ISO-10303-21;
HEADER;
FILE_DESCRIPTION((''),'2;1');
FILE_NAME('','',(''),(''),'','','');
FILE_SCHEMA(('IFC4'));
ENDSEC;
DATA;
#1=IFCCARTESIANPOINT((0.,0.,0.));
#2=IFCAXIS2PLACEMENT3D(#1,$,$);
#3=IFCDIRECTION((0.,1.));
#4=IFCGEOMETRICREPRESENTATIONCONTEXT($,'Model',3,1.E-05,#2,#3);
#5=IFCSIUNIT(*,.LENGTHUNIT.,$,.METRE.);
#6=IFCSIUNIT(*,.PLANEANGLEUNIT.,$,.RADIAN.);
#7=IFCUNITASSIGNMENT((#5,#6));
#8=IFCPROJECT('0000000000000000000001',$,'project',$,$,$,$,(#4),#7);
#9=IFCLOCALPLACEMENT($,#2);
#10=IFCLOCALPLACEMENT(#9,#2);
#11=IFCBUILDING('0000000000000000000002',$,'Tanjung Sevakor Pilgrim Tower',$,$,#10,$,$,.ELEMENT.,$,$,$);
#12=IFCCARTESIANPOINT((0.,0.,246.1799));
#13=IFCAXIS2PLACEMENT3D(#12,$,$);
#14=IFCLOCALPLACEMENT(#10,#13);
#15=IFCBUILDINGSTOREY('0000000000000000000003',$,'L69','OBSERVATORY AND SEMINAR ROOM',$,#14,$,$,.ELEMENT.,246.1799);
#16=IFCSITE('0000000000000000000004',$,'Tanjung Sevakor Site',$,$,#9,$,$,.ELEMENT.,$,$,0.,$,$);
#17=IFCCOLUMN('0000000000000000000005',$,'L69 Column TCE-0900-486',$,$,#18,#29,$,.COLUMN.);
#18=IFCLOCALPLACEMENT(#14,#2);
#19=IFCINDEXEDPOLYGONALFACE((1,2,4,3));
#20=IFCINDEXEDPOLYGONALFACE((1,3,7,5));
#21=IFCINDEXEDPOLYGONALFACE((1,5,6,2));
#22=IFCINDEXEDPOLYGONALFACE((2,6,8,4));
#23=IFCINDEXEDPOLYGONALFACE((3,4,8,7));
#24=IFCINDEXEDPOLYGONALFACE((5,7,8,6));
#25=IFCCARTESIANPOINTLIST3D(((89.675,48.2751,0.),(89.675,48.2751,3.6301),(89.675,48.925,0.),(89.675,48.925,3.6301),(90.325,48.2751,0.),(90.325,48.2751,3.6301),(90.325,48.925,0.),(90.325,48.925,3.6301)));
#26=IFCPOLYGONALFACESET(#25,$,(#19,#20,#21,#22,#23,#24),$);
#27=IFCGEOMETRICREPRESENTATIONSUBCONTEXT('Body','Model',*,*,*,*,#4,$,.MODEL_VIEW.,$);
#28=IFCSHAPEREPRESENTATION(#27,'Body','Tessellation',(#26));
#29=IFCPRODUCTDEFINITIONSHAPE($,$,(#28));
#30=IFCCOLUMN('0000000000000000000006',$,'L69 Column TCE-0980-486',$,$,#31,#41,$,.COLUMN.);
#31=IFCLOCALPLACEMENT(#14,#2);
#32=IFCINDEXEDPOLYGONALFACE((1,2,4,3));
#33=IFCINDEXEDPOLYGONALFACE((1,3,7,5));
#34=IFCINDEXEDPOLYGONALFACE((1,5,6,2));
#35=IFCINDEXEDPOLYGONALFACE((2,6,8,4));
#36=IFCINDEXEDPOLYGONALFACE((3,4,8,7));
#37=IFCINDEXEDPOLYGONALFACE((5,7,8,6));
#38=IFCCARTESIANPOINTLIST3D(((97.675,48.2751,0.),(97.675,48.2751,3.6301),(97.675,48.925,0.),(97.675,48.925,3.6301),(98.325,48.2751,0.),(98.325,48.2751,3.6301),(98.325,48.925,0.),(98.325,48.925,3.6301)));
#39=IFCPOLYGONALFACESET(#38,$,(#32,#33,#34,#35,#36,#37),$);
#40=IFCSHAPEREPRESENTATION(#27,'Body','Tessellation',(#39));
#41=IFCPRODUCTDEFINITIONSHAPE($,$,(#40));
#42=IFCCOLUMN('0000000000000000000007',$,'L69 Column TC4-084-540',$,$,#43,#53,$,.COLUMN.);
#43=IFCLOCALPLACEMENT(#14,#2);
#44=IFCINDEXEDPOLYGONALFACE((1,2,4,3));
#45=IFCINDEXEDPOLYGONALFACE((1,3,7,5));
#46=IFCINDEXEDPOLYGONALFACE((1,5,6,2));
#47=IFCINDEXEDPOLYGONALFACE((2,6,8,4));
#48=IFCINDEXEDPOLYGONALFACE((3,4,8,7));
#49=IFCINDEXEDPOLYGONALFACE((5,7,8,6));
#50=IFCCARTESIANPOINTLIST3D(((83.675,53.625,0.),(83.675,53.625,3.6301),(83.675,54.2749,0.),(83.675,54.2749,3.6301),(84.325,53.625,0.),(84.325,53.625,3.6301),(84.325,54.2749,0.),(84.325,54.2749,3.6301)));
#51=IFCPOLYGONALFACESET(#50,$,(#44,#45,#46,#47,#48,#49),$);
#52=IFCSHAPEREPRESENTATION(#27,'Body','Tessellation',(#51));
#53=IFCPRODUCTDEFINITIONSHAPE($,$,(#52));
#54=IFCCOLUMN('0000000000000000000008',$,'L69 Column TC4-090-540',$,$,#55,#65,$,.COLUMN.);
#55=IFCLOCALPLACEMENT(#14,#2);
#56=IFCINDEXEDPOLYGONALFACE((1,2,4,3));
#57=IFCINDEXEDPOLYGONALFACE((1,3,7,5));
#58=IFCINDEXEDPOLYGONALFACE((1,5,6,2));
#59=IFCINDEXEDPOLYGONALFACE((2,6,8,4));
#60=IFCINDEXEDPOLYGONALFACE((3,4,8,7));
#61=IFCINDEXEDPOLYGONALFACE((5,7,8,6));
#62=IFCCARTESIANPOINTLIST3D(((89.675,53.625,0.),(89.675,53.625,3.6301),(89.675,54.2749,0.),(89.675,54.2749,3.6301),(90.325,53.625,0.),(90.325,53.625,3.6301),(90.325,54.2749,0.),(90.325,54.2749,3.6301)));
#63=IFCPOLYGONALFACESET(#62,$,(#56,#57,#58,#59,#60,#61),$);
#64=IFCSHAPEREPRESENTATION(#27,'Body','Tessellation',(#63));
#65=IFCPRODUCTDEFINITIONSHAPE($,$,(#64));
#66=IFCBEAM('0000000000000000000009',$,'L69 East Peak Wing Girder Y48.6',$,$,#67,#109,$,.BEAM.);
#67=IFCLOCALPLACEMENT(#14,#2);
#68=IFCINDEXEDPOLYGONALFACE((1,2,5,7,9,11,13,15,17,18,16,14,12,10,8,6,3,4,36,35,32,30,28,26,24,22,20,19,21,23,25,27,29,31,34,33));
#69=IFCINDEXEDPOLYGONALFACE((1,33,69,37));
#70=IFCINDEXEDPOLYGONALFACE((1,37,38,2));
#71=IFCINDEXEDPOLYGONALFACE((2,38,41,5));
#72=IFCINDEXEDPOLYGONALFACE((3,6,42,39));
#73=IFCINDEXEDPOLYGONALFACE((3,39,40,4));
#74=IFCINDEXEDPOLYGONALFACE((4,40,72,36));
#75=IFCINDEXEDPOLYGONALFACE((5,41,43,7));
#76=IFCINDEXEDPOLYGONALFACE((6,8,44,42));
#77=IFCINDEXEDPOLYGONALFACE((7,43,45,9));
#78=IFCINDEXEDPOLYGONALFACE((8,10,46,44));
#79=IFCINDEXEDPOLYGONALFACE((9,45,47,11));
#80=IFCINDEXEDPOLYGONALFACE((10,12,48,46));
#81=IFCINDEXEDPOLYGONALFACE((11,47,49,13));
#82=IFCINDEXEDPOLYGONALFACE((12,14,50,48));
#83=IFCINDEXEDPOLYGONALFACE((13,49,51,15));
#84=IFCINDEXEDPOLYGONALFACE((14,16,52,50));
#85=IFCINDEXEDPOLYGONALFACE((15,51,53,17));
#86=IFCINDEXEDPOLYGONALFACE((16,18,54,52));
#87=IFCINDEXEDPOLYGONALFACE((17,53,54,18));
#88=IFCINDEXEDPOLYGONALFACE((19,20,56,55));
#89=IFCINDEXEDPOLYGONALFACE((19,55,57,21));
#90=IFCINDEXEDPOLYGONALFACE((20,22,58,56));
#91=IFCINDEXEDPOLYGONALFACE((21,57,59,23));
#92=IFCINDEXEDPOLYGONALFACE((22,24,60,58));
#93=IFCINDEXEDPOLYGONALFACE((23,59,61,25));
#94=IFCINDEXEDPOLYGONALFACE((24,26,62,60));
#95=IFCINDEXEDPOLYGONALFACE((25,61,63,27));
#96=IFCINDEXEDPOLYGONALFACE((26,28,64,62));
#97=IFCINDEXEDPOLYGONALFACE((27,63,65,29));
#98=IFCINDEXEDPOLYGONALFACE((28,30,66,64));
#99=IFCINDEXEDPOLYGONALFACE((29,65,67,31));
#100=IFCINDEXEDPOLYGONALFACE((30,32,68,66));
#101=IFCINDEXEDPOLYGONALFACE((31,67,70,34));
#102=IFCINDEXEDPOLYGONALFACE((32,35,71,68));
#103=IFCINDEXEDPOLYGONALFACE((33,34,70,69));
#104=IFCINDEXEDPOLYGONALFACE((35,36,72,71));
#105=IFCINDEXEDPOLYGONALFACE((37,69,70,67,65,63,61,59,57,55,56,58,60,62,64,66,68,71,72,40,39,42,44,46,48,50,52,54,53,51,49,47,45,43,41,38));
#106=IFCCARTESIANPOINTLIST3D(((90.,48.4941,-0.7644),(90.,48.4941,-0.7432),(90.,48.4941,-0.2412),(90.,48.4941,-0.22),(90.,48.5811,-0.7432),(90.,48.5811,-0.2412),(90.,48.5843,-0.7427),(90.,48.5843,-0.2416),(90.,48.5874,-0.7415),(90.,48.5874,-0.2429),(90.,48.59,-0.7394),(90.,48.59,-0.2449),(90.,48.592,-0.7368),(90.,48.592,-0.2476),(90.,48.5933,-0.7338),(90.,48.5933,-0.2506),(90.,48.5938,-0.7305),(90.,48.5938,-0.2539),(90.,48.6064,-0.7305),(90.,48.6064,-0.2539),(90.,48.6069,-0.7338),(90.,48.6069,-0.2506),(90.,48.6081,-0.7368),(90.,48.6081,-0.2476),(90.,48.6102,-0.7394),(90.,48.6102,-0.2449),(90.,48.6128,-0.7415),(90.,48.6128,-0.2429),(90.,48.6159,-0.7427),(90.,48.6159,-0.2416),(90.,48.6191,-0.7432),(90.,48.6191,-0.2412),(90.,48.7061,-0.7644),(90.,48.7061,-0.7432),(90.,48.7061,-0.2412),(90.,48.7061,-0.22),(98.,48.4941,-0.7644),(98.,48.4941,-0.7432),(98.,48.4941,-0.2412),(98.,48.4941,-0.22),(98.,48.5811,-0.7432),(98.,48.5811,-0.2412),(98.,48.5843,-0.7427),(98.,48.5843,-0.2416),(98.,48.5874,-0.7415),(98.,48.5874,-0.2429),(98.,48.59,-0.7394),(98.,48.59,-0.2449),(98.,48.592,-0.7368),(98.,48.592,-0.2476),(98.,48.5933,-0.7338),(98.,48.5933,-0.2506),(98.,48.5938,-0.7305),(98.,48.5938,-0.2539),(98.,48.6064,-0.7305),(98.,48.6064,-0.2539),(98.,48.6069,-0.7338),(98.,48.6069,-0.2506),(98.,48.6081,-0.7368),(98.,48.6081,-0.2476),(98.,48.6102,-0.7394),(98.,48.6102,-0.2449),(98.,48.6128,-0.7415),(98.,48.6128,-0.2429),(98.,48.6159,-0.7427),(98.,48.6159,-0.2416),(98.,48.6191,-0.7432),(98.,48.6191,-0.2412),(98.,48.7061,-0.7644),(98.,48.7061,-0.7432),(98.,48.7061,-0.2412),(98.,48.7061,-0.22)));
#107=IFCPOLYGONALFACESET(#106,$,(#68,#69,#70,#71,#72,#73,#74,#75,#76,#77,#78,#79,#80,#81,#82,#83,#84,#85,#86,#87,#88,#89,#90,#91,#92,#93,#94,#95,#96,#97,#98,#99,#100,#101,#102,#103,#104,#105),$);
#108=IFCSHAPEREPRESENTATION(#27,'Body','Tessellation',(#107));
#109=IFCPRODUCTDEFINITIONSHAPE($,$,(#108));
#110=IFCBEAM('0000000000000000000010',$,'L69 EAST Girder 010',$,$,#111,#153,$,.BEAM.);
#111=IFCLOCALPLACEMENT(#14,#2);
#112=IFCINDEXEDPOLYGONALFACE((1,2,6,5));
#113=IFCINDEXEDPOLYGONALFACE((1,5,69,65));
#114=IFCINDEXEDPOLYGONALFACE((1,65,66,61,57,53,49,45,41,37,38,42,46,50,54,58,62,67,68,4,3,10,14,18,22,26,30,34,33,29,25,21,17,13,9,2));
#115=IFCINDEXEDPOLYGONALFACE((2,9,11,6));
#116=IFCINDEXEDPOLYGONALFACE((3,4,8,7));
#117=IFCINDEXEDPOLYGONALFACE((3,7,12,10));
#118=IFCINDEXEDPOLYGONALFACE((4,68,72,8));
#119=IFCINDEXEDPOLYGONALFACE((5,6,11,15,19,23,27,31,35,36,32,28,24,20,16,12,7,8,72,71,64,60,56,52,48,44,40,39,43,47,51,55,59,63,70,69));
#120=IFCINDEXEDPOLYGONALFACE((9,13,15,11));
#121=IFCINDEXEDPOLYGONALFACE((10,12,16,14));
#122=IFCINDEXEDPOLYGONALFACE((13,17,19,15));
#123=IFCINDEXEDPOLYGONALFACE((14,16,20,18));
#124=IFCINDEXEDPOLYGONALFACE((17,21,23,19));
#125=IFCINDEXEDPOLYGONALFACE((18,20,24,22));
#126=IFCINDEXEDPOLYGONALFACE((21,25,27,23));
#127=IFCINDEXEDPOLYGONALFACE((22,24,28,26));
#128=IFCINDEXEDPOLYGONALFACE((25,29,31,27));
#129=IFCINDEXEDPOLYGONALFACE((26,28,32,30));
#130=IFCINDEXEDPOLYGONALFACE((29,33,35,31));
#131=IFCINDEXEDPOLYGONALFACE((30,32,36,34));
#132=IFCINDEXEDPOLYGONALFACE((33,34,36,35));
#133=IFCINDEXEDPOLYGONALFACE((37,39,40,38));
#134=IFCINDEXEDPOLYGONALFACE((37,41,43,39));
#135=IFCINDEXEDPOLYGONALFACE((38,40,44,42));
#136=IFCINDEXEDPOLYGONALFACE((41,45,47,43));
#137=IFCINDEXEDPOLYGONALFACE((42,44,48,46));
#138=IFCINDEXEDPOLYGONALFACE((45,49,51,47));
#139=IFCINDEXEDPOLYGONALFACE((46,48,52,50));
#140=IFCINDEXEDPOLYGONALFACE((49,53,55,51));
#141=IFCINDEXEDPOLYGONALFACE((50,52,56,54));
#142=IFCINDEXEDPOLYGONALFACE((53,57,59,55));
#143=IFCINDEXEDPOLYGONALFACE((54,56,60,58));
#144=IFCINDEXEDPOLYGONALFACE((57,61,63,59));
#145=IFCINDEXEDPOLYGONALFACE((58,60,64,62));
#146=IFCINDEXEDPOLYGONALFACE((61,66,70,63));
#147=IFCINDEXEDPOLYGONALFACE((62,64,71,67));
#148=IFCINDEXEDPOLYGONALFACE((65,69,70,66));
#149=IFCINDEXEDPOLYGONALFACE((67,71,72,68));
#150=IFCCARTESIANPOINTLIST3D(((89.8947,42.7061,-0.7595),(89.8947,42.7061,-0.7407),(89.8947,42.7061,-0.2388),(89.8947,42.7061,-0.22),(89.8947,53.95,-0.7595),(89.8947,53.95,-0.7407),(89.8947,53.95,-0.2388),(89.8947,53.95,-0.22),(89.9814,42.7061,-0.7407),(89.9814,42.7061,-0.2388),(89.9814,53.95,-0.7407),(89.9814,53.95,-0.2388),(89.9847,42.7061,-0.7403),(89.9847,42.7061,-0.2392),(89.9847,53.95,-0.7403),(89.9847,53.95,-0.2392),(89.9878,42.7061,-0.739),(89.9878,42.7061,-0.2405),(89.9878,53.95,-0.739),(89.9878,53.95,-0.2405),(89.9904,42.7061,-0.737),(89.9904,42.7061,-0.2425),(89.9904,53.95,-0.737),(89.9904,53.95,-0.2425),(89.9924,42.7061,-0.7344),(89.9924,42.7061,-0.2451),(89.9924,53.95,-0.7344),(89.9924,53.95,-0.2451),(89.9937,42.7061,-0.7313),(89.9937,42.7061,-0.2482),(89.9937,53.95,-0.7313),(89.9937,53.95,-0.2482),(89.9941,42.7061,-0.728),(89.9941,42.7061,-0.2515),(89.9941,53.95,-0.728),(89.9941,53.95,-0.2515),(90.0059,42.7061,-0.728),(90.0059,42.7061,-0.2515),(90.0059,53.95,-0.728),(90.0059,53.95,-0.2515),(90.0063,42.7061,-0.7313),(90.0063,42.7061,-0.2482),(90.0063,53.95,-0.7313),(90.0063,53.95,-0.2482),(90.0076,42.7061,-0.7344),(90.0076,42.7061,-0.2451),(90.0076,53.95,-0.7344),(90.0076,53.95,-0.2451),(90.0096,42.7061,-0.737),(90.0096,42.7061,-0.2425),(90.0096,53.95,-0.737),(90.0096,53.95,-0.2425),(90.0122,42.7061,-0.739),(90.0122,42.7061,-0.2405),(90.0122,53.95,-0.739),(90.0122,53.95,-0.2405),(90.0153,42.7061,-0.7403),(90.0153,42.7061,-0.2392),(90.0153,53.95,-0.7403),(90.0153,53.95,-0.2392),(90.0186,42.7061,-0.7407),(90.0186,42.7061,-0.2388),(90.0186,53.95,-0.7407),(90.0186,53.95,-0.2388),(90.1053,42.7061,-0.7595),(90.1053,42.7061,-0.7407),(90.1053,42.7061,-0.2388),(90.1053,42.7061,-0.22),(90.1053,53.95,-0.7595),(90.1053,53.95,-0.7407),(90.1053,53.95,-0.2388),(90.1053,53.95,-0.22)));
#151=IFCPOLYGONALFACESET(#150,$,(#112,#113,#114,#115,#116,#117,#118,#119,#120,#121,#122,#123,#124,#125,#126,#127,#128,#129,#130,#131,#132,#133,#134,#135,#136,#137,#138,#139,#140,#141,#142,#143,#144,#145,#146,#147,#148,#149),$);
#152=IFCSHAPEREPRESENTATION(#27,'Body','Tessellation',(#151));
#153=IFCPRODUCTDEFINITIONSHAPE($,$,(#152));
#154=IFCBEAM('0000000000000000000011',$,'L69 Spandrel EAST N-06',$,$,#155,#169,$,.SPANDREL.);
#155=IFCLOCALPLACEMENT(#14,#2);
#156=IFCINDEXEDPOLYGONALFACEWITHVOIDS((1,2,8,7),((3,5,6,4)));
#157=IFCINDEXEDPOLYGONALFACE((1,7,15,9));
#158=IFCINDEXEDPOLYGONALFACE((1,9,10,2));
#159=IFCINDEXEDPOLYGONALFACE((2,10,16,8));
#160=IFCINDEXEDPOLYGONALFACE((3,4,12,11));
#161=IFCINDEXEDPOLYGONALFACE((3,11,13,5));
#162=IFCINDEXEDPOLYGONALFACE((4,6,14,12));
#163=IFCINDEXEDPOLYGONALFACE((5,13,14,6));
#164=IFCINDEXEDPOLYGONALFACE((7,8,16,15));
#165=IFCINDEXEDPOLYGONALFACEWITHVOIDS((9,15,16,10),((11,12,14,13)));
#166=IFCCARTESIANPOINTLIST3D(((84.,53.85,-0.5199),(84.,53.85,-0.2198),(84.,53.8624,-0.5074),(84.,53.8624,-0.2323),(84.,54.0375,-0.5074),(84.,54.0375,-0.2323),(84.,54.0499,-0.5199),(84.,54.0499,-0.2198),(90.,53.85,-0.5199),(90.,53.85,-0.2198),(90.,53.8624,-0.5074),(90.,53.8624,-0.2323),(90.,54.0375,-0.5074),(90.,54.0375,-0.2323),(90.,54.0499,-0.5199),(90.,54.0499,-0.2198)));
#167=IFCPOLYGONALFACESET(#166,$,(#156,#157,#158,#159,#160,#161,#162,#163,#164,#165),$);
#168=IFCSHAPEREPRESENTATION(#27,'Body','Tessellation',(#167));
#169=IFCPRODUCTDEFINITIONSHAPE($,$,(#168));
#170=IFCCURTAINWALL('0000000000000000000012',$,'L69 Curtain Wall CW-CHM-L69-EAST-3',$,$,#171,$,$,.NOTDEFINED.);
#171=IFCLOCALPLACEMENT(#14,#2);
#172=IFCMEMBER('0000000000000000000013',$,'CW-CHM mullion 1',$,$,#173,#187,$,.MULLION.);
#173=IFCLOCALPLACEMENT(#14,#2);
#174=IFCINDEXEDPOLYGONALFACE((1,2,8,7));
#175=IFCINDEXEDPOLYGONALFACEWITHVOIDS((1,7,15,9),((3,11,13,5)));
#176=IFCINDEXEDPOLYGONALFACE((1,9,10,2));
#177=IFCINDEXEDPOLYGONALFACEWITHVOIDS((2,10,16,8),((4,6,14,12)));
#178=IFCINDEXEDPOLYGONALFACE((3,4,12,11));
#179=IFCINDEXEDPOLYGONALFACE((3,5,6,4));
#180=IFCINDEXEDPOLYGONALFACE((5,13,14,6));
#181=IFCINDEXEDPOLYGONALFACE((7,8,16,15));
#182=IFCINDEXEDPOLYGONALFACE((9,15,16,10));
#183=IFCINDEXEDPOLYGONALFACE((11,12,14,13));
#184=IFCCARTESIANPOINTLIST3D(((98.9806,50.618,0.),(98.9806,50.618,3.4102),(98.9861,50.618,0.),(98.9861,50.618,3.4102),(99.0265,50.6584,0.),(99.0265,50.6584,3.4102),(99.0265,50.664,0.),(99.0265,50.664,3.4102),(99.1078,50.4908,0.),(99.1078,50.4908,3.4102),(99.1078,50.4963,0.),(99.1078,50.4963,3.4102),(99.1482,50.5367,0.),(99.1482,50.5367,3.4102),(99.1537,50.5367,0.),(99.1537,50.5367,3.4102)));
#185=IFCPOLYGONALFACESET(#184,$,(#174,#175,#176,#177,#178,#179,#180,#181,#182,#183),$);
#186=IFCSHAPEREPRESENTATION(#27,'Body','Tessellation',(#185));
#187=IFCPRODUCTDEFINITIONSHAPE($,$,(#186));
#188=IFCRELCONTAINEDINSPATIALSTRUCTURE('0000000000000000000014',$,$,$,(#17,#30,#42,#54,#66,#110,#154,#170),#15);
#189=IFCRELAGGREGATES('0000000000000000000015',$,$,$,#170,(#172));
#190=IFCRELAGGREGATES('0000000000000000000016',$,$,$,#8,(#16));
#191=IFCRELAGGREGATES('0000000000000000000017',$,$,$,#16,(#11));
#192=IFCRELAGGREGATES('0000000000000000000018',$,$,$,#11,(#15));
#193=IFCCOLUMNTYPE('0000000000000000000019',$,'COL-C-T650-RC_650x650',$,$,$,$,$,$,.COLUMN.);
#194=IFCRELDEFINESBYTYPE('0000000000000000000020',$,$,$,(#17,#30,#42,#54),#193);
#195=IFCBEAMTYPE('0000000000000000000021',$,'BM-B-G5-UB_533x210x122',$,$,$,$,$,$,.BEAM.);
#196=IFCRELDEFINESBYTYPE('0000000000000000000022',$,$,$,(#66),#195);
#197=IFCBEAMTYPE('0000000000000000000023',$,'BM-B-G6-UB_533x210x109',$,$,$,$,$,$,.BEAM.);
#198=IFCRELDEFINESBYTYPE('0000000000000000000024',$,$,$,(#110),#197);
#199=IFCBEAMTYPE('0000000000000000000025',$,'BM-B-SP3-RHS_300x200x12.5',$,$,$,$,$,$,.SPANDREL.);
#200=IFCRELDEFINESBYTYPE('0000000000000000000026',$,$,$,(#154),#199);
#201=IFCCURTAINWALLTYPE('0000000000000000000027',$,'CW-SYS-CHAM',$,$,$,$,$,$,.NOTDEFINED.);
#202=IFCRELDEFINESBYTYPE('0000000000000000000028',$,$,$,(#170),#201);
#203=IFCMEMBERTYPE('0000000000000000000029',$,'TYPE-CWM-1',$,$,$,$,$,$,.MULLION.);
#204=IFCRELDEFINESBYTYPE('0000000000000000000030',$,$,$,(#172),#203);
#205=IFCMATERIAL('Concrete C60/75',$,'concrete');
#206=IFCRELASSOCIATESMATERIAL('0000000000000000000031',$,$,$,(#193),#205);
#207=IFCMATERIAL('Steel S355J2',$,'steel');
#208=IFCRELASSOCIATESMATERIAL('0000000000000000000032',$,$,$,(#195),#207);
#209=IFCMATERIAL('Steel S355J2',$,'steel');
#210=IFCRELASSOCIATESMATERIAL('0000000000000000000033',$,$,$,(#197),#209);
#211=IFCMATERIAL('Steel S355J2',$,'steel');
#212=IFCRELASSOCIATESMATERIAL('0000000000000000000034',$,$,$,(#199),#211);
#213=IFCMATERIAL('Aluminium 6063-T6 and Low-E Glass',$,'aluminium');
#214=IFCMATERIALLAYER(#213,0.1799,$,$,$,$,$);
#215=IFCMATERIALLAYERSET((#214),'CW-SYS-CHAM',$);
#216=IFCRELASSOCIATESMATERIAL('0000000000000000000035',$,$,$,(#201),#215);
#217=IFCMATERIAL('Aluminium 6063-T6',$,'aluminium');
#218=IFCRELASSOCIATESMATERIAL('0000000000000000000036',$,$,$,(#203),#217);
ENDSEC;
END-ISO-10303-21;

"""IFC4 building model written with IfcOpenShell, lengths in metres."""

from ifc_helpers import new_model, si_unit, direction, frame, origin, origin_2d, place, context, subcontext, project, spatial, rectangle, hollow_rectangle, i_section, extrude, material, layer, layer_set, material_profile, profile_set, type_object, element, aggregate, save


model = new_model("IFC4")

# Units and contexts
model_context = context("Model", 3, precision=1e-05, world=origin(), true_north=direction((0.0, 1.0)))
body_context = subcontext(model_context, "Body", "Model", "MODEL_VIEW")
ifc_project = project(units=[si_unit("LENGTHUNIT", "METRE"), si_unit("PLANEANGLEUNIT", "RADIAN")], contexts=[model_context])

# Site, building, storey
site_placement = place(None, origin())
site = spatial("IfcSite", under=ifc_project, at=site_placement, Name="Tanjung Sevakor Site", CompositionType="ELEMENT", RefElevation=0.0)
building_placement = place(site_placement, origin())
building = spatial("IfcBuilding", under=site, at=building_placement, Name="Tanjung Sevakor Pilgrim Tower", CompositionType="ELEMENT")
storey_placement = place(building_placement, frame((0.0, 0.0, 246.1799)))
storey = spatial("IfcBuildingStorey", under=building, at=storey_placement, Name="L69", Description="OBSERVATORY AND SEMINAR ROOM", CompositionType="ELEMENT", Elevation=246.1799)

# Columns
ifc_material_1 = material(Name="Concrete C60/75", Category="concrete")
ifc_material_profile_1 = material_profile(ifc_material_1, rectangle(XDim=0.6499, YDim=0.6499, at=origin_2d()))
ifc_profile_set_1 = profile_set([ifc_material_profile_1], Name="Concrete C60/75")
column_type = type_object("IfcColumnType", Name="COL-C-T650-RC_650x650", PredefinedType="COLUMN", material=ifc_profile_set_1)
for number, where, z_axis, x_axis, name in (
    (1, (90.0, 48.6001, 0.0), (0.0, 0.0, 1.0), (1.0, 0.0, 0.0), "L69 Column TCE-0900-486"),
    (2, (98.0, 48.6001, 0.0), (0.0, 0.0, 1.0), (1.0, 0.0, 0.0), "L69 Column TCE-0980-486"),
    (3, (84.0, 53.95, 0.0), (0.0, 0.0, 1.0), (1.0, 0.0, 0.0), "L69 Column TC4-084-540"),
    (4, (90.0, 53.95, 0.0), (0.0, 0.0, 1.0), (1.0, 0.0, 0.0), "L69 Column TC4-090-540"),
):
    element("IfcColumn", number, at=place(storey_placement, frame(where, z_axis=z_axis, x_axis=x_axis)), inside=storey, type_object=column_type, Name=name, PredefinedType="COLUMN", context=body_context, shape_type="SweptSolid", body=[
        extrude(rectangle(XDim=0.6499, YDim=0.6499, at=origin_2d()), origin(), (0.0, 0.0, 1.0), 3.6301),
    ])

# Beams
ifc_material_2 = material(Name="Steel S355J2", Category="steel")
ifc_material_profile_2 = material_profile(ifc_material_2, i_section(OverallWidth=0.2119, OverallDepth=0.5444, WebThickness=0.0127, FlangeThickness=0.0212, FilletRadius=0.0127, at=origin_2d()))
ifc_profile_set_2 = profile_set([ifc_material_profile_2], Name="Steel S355J2")
beam_type_1 = type_object("IfcBeamType", Name="BM-B-G5-UB_533x210x122", PredefinedType="BEAM", material=ifc_profile_set_2)
beam_1_placement = place(storey_placement, frame((90.0, 48.6001, -0.4922), z_axis=(1.0, 0.0, 0.0), x_axis=(0.0, 1.0, 0.0)))
element("IfcBeam", 5, at=beam_1_placement, inside=storey, type_object=beam_type_1, Name="L69 East Peak Wing Girder Y48.6", PredefinedType="BEAM", context=body_context, shape_type="SweptSolid", body=[
    extrude(i_section(OverallWidth=0.2119, OverallDepth=0.5444, WebThickness=0.0127, FlangeThickness=0.0212, FilletRadius=0.0127, at=origin_2d()), origin(), (0.0, 0.0, 1.0), 8.0),
])
ifc_material_3 = material(Name="Steel S355J2", Category="steel")
ifc_material_profile_3 = material_profile(ifc_material_3, i_section(OverallWidth=0.2107, OverallDepth=0.5396, WebThickness=0.0117, FlangeThickness=0.0188, FilletRadius=0.0127, at=origin_2d()))
ifc_profile_set_3 = profile_set([ifc_material_profile_3], Name="Steel S355J2")
beam_type_2 = type_object("IfcBeamType", Name="BM-B-G6-UB_533x210x109", PredefinedType="BEAM", material=ifc_profile_set_3)
beam_2_placement = place(storey_placement, frame((90.0, 42.7061, -0.4897), z_axis=(0.0, 1.0, 0.0), x_axis=(-1.0, 0.0, 0.0)))
element("IfcBeam", 6, at=beam_2_placement, inside=storey, type_object=beam_type_2, Name="L69 EAST Girder 010", PredefinedType="BEAM", context=body_context, shape_type="SweptSolid", body=[
    extrude(i_section(OverallWidth=0.2107, OverallDepth=0.5396, WebThickness=0.0117, FlangeThickness=0.0188, FilletRadius=0.0127, at=origin_2d()), origin(), (0.0, 0.0, 1.0), 11.2439),
])
ifc_material_4 = material(Name="Steel S355J2", Category="steel")
ifc_material_profile_4 = material_profile(ifc_material_4, hollow_rectangle(XDim=0.2, YDim=0.3, WallThickness=0.0125, at=origin_2d()))
ifc_profile_set_4 = profile_set([ifc_material_profile_4], Name="Steel S355J2")
beam_type_3 = type_object("IfcBeamType", Name="BM-B-SP3-RHS_300x200x12.5", PredefinedType="SPANDREL", material=ifc_profile_set_4)
beam_3_placement = place(storey_placement, frame((84.0, 53.95, -0.3699), z_axis=(1.0, 0.0, 0.0), x_axis=(0.0, 1.0, 0.0)))
element("IfcBeam", 7, at=beam_3_placement, inside=storey, type_object=beam_type_3, Name="L69 Spandrel EAST N-06", PredefinedType="SPANDREL", context=body_context, shape_type="SweptSolid", body=[
    extrude(hollow_rectangle(XDim=0.2, YDim=0.3, WallThickness=0.0125, at=origin_2d()), origin(), (0.0, 0.0, 1.0), 6.0),
])

# Curtain wall, member
ifc_material_5 = material(Name="Aluminium 6063-T6 and Low-E Glass", Category="aluminium")
ifc_layer_1 = layer(ifc_material_5, 0.1799)
ifc_layer_set_1 = layer_set([ifc_layer_1], Name="CW-SYS-CHAM")
curtain_wall_type = type_object("IfcCurtainWallType", Name="CW-SYS-CHAM", PredefinedType="NOTDEFINED", material=ifc_layer_set_1)
curtain_wall_placement = place(storey_placement, origin())
curtain_wall = element("IfcCurtainWall", 8, at=curtain_wall_placement, inside=storey, type_object=curtain_wall_type, Name="L69 Curtain Wall CW-CHM-L69-EAST-3", PredefinedType="NOTDEFINED")
ifc_material_6 = material(Name="Aluminium 6063-T6", Category="aluminium")
ifc_material_profile_5 = material_profile(ifc_material_6, hollow_rectangle(XDim=0.0649, YDim=0.1799, WallThickness=0.0039, at=origin_2d()))
ifc_profile_set_5 = profile_set([ifc_material_profile_5], Name="Aluminium 6063-T6")
member_type_1 = type_object("IfcMemberType", Name="TYPE-CWM-1", PredefinedType="MULLION", material=ifc_profile_set_5)
member_1_placement = place(storey_placement, frame((99.0671, 50.5774, 0.0), z_axis=(0.0, 0.0, 1.0), x_axis=(-0.707107, -0.707107, 0.0)))
member_1 = element("IfcMember", 9, at=member_1_placement, type_object=member_type_1, Name="CW-CHM mullion 1", PredefinedType="MULLION", context=body_context, shape_type="SweptSolid", body=[
    extrude(hollow_rectangle(XDim=0.0649, YDim=0.1799, WallThickness=0.0039, at=origin_2d()), origin(), (0.0, 0.0, 1.0), 3.4102),
])
aggregate(curtain_wall, [member_1])

save(model, "model.ifc")
